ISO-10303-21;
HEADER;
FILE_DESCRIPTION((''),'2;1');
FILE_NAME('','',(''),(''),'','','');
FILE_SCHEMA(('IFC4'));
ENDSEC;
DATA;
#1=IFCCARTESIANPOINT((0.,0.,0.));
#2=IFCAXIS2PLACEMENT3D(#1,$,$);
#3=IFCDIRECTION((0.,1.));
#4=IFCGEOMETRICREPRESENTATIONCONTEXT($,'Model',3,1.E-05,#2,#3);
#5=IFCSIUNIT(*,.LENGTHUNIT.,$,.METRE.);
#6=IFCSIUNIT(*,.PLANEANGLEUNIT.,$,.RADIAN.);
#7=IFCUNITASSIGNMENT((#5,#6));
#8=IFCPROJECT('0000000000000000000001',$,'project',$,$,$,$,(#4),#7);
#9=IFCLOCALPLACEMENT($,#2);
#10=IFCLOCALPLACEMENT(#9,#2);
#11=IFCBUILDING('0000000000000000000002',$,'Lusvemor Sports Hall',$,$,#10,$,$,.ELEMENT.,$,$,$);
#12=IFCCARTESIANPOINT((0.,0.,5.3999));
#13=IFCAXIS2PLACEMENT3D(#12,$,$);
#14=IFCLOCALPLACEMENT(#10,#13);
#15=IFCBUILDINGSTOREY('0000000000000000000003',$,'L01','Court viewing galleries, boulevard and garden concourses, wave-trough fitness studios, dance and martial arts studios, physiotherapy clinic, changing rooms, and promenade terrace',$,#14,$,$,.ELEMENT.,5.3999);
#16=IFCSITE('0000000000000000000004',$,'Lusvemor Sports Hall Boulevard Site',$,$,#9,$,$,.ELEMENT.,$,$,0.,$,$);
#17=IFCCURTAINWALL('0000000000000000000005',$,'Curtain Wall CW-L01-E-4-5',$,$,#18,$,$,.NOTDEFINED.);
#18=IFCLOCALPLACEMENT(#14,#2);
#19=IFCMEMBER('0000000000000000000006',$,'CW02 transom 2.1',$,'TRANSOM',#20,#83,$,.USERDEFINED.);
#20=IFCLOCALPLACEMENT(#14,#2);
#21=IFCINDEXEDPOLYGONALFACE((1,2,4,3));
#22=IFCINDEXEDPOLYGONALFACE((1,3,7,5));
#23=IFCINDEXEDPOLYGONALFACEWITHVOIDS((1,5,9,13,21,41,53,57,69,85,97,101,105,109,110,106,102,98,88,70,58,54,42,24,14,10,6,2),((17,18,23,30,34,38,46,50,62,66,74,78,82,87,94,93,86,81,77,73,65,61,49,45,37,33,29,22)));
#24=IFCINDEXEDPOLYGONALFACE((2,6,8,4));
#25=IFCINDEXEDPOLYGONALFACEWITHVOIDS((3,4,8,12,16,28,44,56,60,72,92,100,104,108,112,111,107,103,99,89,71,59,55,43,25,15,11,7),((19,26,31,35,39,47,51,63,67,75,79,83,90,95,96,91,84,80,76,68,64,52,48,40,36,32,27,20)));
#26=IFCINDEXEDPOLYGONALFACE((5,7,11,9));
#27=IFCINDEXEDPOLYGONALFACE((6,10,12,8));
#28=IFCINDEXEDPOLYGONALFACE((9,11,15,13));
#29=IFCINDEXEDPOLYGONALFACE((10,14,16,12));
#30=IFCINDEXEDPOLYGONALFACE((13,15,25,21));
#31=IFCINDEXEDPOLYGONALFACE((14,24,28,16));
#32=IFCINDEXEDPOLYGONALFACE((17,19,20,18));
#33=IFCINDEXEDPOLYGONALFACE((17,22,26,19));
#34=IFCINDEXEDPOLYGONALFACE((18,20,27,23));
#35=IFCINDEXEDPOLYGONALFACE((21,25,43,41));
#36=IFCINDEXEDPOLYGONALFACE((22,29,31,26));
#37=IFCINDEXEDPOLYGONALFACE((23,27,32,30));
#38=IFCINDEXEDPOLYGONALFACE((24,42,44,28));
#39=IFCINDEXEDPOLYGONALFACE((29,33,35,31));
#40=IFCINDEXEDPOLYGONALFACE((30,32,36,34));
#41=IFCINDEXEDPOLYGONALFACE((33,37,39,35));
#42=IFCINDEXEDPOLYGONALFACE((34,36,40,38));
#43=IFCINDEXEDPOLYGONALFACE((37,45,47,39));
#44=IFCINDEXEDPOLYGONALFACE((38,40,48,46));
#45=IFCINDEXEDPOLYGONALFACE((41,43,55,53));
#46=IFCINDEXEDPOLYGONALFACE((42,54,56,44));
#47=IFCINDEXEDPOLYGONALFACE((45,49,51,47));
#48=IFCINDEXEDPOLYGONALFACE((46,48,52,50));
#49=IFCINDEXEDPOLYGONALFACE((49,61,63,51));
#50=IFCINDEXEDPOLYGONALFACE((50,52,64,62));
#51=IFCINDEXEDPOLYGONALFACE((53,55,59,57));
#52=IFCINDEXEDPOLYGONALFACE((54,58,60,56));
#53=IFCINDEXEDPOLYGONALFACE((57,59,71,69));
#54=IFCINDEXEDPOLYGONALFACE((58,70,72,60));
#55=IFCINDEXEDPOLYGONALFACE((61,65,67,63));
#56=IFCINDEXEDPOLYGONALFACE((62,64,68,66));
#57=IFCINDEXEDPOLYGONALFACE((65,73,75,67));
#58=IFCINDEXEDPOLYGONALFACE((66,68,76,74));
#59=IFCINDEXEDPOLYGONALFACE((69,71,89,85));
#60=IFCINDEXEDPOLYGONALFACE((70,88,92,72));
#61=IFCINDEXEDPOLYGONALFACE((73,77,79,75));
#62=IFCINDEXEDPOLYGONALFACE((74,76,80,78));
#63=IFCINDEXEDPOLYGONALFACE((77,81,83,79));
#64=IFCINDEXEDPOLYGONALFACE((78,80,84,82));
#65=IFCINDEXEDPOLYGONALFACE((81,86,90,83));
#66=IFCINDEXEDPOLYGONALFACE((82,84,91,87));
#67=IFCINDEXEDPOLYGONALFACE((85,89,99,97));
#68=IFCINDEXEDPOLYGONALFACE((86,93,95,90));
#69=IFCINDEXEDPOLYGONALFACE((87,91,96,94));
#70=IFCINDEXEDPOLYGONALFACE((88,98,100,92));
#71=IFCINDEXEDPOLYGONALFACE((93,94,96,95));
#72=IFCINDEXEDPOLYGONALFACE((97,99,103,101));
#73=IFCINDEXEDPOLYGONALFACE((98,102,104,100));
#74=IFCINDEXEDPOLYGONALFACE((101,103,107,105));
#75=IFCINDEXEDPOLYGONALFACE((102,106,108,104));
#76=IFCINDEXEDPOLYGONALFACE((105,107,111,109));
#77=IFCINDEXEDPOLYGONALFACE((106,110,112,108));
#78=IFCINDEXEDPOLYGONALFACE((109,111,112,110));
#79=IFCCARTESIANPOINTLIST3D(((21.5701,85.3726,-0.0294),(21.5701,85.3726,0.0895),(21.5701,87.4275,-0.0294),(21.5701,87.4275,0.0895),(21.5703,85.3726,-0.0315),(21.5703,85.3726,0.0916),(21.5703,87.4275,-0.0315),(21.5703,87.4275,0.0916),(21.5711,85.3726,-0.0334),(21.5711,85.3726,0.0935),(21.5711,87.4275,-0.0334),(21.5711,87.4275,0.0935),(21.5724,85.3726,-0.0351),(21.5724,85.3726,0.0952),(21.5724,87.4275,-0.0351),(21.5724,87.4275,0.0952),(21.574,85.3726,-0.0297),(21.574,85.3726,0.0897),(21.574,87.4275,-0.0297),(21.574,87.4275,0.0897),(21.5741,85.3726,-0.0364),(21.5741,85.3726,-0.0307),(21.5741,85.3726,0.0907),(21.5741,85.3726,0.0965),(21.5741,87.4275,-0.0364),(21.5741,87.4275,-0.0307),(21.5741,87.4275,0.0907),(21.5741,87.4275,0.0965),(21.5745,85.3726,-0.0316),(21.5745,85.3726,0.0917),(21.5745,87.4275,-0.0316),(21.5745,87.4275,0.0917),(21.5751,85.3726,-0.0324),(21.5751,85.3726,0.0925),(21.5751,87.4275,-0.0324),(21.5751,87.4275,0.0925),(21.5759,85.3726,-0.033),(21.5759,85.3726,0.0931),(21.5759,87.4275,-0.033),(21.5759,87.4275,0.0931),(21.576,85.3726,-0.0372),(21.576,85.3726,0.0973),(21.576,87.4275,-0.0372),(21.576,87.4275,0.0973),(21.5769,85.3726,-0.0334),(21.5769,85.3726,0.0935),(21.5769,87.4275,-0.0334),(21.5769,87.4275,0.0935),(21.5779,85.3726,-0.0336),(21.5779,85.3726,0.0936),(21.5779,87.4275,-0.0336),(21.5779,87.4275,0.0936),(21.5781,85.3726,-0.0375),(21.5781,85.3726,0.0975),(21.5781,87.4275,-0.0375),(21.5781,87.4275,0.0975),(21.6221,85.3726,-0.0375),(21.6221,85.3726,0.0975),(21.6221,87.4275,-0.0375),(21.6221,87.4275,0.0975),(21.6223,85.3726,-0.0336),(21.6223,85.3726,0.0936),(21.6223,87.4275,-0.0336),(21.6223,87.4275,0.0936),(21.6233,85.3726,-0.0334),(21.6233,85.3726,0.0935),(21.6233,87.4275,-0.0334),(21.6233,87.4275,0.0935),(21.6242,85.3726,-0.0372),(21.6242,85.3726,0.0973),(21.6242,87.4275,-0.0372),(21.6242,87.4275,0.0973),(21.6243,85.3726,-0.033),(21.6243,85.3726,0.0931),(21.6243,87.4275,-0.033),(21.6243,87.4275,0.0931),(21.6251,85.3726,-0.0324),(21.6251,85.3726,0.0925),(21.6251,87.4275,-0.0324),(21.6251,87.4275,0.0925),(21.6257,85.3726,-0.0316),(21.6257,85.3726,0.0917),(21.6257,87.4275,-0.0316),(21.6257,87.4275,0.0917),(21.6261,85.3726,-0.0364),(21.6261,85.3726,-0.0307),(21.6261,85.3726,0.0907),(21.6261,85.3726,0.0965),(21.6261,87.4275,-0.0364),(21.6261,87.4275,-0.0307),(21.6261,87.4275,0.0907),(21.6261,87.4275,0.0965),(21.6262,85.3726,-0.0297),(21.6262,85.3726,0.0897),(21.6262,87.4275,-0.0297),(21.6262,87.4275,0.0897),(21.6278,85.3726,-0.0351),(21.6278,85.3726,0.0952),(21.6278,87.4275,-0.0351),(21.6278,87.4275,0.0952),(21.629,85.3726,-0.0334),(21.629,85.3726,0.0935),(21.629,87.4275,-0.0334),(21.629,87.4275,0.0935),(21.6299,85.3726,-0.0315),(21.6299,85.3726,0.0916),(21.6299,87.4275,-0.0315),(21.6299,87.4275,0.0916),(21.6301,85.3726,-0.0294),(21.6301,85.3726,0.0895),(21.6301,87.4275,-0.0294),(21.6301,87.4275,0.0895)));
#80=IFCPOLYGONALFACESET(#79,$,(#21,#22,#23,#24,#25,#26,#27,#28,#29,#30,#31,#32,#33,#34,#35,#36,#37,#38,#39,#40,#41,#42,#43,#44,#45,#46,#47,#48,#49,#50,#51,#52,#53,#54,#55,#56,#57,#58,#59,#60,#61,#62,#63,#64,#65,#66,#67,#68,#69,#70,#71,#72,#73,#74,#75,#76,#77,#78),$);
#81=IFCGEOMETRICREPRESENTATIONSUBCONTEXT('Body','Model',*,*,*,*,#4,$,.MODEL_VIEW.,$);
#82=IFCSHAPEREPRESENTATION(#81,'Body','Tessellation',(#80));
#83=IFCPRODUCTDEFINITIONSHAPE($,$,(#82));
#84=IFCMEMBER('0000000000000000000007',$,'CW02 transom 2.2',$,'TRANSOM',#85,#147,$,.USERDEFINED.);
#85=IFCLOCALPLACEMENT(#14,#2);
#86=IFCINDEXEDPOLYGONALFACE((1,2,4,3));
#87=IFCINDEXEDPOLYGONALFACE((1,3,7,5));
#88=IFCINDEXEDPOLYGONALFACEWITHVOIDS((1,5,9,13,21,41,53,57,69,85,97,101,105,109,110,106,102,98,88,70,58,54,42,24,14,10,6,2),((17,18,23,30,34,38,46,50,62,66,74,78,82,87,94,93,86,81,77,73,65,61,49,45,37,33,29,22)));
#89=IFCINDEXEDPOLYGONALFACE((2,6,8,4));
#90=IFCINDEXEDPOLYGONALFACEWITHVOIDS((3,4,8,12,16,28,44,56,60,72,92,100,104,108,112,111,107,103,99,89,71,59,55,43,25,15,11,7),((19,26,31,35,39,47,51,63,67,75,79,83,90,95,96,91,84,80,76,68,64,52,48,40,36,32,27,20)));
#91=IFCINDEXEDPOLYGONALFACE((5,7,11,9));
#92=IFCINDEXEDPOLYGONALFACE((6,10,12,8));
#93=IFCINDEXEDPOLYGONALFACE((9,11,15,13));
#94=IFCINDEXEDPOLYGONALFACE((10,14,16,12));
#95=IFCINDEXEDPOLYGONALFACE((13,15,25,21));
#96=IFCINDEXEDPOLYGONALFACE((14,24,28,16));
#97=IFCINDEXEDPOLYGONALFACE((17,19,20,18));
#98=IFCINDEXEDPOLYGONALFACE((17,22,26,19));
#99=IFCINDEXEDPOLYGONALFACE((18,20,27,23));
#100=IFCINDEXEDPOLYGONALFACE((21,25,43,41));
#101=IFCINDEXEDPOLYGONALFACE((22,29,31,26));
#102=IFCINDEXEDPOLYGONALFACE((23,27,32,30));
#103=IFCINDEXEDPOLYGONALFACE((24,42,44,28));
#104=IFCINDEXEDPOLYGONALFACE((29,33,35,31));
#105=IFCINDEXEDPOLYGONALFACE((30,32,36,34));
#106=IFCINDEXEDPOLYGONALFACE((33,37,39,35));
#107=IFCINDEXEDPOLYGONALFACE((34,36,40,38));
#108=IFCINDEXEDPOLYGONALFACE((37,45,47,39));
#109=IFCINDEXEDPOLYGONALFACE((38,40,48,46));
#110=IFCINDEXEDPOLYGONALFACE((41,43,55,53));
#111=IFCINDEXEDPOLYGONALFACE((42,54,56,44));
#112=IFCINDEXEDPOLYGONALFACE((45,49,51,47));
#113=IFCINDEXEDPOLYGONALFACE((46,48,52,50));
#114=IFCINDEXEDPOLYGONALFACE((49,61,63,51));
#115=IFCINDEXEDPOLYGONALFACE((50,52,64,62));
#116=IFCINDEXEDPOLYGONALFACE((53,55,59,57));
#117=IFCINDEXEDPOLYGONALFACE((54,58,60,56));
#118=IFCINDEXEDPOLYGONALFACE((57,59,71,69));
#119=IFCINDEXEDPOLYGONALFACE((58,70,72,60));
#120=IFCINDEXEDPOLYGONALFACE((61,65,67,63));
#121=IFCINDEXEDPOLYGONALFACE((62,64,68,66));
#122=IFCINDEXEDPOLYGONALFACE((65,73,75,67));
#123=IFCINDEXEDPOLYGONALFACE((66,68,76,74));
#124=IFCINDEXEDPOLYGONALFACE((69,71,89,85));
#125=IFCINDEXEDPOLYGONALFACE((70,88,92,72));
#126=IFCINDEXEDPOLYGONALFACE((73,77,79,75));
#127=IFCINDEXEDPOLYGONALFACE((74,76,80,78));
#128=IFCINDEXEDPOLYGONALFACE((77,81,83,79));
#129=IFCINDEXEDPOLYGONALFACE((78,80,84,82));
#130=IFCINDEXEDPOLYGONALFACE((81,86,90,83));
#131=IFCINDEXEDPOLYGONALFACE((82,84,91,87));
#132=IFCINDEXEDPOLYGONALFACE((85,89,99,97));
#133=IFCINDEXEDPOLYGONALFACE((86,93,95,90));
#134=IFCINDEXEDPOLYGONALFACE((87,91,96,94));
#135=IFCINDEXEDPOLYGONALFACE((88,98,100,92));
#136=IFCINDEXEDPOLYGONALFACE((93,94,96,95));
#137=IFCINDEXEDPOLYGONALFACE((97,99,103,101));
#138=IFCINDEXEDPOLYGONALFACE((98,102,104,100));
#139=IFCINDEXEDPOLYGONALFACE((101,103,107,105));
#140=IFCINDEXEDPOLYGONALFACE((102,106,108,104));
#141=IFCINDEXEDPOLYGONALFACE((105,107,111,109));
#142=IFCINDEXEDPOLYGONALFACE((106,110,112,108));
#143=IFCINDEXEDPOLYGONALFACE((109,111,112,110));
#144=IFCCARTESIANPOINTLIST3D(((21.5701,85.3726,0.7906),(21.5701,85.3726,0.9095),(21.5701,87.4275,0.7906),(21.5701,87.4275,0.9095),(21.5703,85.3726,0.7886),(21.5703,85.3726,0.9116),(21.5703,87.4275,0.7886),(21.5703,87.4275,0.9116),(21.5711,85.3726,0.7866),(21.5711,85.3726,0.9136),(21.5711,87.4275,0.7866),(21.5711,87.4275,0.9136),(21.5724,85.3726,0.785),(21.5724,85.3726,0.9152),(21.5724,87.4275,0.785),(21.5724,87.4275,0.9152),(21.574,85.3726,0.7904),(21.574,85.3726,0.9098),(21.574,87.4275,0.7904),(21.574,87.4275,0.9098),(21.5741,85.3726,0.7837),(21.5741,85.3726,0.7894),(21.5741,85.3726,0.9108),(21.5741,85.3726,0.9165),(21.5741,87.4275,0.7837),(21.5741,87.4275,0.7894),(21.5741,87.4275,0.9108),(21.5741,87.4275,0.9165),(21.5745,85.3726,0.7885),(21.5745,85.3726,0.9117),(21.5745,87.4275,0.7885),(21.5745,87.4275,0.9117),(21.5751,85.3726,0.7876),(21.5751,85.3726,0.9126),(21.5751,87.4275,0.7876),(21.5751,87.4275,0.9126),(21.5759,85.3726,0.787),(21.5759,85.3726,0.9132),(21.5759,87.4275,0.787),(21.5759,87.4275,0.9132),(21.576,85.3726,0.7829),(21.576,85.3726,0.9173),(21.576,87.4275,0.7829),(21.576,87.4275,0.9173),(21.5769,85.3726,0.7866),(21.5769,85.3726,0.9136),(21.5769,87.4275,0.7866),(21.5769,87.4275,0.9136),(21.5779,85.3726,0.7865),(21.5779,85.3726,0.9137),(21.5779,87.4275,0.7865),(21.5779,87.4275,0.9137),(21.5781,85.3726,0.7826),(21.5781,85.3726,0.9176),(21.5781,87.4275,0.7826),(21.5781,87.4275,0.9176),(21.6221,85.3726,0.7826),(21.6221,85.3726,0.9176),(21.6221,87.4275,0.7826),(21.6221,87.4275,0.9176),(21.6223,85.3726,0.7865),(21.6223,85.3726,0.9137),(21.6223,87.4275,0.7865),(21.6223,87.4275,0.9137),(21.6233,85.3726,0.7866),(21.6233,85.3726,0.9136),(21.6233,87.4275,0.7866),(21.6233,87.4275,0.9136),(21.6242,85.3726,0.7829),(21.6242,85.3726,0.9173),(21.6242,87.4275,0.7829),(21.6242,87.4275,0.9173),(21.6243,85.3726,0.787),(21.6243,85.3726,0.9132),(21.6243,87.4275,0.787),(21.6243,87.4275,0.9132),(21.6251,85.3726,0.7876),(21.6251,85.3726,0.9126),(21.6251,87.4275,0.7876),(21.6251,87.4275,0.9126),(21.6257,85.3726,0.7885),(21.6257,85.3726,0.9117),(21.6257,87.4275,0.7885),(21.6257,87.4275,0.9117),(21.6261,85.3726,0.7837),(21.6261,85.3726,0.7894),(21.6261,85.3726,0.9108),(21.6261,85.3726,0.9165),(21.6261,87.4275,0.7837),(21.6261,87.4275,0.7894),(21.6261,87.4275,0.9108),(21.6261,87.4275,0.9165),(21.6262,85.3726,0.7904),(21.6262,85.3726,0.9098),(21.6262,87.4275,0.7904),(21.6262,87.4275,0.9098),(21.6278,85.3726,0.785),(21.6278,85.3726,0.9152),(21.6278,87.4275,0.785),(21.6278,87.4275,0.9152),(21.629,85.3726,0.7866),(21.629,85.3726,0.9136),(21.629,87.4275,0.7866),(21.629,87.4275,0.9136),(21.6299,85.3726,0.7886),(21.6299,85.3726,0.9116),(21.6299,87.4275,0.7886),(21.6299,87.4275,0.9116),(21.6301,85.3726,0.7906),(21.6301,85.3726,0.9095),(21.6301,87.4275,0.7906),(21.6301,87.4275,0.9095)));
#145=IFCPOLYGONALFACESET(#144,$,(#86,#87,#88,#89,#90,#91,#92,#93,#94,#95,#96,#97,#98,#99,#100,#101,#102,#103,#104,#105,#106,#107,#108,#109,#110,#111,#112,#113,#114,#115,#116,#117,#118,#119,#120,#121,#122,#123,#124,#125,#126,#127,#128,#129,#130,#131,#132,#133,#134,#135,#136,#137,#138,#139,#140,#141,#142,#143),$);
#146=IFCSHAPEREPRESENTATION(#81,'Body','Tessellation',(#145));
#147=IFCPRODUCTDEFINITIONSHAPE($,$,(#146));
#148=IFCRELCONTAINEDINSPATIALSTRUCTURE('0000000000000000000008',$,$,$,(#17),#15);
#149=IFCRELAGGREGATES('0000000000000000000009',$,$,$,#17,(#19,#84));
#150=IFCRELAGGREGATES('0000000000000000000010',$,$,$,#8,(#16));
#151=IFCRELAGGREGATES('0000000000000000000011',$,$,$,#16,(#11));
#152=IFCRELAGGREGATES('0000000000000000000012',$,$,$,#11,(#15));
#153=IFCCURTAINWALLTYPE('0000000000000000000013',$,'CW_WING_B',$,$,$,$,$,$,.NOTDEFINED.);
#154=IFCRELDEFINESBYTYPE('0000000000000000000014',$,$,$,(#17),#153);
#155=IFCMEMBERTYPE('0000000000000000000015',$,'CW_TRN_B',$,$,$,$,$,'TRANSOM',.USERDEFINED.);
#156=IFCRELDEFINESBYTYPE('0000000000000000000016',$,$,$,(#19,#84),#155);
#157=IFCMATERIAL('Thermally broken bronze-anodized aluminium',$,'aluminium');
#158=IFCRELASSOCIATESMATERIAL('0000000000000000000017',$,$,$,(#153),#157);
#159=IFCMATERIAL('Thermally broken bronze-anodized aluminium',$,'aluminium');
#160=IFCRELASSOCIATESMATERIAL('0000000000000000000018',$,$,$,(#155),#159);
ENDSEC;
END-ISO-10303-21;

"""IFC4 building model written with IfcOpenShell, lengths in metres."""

from ifc_helpers import new_model, si_unit, direction, frame, origin, origin_2d, place, context, subcontext, project, spatial, hollow_rectangle, extrude, material, material_profile, profile_set, type_object, element, aggregate, save


model = new_model("IFC4")

# Units and contexts
model_context = context("Model", 3, precision=1e-05, world=origin(), true_north=direction((0.0, 1.0)))
body_context = subcontext(model_context, "Body", "Model", "MODEL_VIEW")
ifc_project = project(units=[si_unit("LENGTHUNIT", "METRE"), si_unit("PLANEANGLEUNIT", "RADIAN")], contexts=[model_context])

# Site, building, storey
site_placement = place(None, origin())
site = spatial("IfcSite", under=ifc_project, at=site_placement, Name="Lusvemor Sports Hall Boulevard Site", CompositionType="ELEMENT", RefElevation=0.0)
building_placement = place(site_placement, origin())
building = spatial("IfcBuilding", under=site, at=building_placement, Name="Lusvemor Sports Hall", CompositionType="ELEMENT")
storey_placement = place(building_placement, frame((0.0, 0.0, 5.3999)))
storey = spatial("IfcBuildingStorey", under=building, at=storey_placement, Name="L01", Description="Court viewing galleries, boulevard and garden concourses, wave-trough fitness studios, dance and martial arts studios, physiotherapy clinic, changing rooms, and promenade terrace", CompositionType="ELEMENT", Elevation=5.3999)

# Curtain wall
ifc_material_1 = material(Name="Thermally broken bronze-anodized aluminium", Category="aluminium")
curtain_wall_type = type_object("IfcCurtainWallType", Name="CW_WING_B", PredefinedType="NOTDEFINED", material=ifc_material_1)
curtain_wall_1_placement = place(storey_placement, origin())
curtain_wall_1 = element("IfcCurtainWall", 1, at=curtain_wall_1_placement, inside=storey, type_object=curtain_wall_type, Name="Curtain Wall CW-L01-E-4-5", PredefinedType="NOTDEFINED")

# Members
ifc_material_2 = material(Name="Thermally broken bronze-anodized aluminium", Category="aluminium")
ifc_material_profile_1 = material_profile(ifc_material_2, hollow_rectangle(XDim=0.0601, YDim=0.135, WallThickness=0.0039, InnerFilletRadius=0.0039, OuterFilletRadius=0.0081, at=origin_2d()), Name="CWTRN135x60x4")
ifc_profile_set_1 = profile_set([ifc_material_profile_1], Name="Thermally broken bronze-anodized aluminium")
member_type_1 = type_object("IfcMemberType", Name="CW_TRN_B", ElementType="TRANSOM", PredefinedType="USERDEFINED", material=ifc_profile_set_1)
member_1_placement = place(storey_placement, frame((21.6001, 87.4275, 0.03), z_axis=(0.0, -1.0, 0.0), x_axis=(1.0, 0.0, 0.0)))
member_1 = element("IfcMember", 2, at=member_1_placement, type_object=member_type_1, Name="CW02 transom 2.1", ObjectType="TRANSOM", PredefinedType="USERDEFINED", context=body_context, shape_type="SweptSolid", body=[
    extrude(hollow_rectangle(XDim=0.0601, YDim=0.135, WallThickness=0.0039, InnerFilletRadius=0.0039, OuterFilletRadius=0.0081, at=origin_2d()), origin(), (0.0, 0.0, 1.0), 2.0549),
])
member_2_placement = place(storey_placement, frame((21.6001, 87.4275, 0.8501), z_axis=(0.0, -1.0, 0.0), x_axis=(1.0, 0.0, 0.0)))
member_2 = element("IfcMember", 3, at=member_2_placement, type_object=member_type_1, Name="CW02 transom 2.2", ObjectType="TRANSOM", PredefinedType="USERDEFINED", context=body_context, shape_type="SweptSolid", body=[
    extrude(hollow_rectangle(XDim=0.0601, YDim=0.135, WallThickness=0.0039, InnerFilletRadius=0.0039, OuterFilletRadius=0.0081, at=origin_2d()), origin(), (0.0, 0.0, 1.0), 2.0549),
])

aggregate(curtain_wall_1, [member_1, member_2])

save(model, "model.ifc")
